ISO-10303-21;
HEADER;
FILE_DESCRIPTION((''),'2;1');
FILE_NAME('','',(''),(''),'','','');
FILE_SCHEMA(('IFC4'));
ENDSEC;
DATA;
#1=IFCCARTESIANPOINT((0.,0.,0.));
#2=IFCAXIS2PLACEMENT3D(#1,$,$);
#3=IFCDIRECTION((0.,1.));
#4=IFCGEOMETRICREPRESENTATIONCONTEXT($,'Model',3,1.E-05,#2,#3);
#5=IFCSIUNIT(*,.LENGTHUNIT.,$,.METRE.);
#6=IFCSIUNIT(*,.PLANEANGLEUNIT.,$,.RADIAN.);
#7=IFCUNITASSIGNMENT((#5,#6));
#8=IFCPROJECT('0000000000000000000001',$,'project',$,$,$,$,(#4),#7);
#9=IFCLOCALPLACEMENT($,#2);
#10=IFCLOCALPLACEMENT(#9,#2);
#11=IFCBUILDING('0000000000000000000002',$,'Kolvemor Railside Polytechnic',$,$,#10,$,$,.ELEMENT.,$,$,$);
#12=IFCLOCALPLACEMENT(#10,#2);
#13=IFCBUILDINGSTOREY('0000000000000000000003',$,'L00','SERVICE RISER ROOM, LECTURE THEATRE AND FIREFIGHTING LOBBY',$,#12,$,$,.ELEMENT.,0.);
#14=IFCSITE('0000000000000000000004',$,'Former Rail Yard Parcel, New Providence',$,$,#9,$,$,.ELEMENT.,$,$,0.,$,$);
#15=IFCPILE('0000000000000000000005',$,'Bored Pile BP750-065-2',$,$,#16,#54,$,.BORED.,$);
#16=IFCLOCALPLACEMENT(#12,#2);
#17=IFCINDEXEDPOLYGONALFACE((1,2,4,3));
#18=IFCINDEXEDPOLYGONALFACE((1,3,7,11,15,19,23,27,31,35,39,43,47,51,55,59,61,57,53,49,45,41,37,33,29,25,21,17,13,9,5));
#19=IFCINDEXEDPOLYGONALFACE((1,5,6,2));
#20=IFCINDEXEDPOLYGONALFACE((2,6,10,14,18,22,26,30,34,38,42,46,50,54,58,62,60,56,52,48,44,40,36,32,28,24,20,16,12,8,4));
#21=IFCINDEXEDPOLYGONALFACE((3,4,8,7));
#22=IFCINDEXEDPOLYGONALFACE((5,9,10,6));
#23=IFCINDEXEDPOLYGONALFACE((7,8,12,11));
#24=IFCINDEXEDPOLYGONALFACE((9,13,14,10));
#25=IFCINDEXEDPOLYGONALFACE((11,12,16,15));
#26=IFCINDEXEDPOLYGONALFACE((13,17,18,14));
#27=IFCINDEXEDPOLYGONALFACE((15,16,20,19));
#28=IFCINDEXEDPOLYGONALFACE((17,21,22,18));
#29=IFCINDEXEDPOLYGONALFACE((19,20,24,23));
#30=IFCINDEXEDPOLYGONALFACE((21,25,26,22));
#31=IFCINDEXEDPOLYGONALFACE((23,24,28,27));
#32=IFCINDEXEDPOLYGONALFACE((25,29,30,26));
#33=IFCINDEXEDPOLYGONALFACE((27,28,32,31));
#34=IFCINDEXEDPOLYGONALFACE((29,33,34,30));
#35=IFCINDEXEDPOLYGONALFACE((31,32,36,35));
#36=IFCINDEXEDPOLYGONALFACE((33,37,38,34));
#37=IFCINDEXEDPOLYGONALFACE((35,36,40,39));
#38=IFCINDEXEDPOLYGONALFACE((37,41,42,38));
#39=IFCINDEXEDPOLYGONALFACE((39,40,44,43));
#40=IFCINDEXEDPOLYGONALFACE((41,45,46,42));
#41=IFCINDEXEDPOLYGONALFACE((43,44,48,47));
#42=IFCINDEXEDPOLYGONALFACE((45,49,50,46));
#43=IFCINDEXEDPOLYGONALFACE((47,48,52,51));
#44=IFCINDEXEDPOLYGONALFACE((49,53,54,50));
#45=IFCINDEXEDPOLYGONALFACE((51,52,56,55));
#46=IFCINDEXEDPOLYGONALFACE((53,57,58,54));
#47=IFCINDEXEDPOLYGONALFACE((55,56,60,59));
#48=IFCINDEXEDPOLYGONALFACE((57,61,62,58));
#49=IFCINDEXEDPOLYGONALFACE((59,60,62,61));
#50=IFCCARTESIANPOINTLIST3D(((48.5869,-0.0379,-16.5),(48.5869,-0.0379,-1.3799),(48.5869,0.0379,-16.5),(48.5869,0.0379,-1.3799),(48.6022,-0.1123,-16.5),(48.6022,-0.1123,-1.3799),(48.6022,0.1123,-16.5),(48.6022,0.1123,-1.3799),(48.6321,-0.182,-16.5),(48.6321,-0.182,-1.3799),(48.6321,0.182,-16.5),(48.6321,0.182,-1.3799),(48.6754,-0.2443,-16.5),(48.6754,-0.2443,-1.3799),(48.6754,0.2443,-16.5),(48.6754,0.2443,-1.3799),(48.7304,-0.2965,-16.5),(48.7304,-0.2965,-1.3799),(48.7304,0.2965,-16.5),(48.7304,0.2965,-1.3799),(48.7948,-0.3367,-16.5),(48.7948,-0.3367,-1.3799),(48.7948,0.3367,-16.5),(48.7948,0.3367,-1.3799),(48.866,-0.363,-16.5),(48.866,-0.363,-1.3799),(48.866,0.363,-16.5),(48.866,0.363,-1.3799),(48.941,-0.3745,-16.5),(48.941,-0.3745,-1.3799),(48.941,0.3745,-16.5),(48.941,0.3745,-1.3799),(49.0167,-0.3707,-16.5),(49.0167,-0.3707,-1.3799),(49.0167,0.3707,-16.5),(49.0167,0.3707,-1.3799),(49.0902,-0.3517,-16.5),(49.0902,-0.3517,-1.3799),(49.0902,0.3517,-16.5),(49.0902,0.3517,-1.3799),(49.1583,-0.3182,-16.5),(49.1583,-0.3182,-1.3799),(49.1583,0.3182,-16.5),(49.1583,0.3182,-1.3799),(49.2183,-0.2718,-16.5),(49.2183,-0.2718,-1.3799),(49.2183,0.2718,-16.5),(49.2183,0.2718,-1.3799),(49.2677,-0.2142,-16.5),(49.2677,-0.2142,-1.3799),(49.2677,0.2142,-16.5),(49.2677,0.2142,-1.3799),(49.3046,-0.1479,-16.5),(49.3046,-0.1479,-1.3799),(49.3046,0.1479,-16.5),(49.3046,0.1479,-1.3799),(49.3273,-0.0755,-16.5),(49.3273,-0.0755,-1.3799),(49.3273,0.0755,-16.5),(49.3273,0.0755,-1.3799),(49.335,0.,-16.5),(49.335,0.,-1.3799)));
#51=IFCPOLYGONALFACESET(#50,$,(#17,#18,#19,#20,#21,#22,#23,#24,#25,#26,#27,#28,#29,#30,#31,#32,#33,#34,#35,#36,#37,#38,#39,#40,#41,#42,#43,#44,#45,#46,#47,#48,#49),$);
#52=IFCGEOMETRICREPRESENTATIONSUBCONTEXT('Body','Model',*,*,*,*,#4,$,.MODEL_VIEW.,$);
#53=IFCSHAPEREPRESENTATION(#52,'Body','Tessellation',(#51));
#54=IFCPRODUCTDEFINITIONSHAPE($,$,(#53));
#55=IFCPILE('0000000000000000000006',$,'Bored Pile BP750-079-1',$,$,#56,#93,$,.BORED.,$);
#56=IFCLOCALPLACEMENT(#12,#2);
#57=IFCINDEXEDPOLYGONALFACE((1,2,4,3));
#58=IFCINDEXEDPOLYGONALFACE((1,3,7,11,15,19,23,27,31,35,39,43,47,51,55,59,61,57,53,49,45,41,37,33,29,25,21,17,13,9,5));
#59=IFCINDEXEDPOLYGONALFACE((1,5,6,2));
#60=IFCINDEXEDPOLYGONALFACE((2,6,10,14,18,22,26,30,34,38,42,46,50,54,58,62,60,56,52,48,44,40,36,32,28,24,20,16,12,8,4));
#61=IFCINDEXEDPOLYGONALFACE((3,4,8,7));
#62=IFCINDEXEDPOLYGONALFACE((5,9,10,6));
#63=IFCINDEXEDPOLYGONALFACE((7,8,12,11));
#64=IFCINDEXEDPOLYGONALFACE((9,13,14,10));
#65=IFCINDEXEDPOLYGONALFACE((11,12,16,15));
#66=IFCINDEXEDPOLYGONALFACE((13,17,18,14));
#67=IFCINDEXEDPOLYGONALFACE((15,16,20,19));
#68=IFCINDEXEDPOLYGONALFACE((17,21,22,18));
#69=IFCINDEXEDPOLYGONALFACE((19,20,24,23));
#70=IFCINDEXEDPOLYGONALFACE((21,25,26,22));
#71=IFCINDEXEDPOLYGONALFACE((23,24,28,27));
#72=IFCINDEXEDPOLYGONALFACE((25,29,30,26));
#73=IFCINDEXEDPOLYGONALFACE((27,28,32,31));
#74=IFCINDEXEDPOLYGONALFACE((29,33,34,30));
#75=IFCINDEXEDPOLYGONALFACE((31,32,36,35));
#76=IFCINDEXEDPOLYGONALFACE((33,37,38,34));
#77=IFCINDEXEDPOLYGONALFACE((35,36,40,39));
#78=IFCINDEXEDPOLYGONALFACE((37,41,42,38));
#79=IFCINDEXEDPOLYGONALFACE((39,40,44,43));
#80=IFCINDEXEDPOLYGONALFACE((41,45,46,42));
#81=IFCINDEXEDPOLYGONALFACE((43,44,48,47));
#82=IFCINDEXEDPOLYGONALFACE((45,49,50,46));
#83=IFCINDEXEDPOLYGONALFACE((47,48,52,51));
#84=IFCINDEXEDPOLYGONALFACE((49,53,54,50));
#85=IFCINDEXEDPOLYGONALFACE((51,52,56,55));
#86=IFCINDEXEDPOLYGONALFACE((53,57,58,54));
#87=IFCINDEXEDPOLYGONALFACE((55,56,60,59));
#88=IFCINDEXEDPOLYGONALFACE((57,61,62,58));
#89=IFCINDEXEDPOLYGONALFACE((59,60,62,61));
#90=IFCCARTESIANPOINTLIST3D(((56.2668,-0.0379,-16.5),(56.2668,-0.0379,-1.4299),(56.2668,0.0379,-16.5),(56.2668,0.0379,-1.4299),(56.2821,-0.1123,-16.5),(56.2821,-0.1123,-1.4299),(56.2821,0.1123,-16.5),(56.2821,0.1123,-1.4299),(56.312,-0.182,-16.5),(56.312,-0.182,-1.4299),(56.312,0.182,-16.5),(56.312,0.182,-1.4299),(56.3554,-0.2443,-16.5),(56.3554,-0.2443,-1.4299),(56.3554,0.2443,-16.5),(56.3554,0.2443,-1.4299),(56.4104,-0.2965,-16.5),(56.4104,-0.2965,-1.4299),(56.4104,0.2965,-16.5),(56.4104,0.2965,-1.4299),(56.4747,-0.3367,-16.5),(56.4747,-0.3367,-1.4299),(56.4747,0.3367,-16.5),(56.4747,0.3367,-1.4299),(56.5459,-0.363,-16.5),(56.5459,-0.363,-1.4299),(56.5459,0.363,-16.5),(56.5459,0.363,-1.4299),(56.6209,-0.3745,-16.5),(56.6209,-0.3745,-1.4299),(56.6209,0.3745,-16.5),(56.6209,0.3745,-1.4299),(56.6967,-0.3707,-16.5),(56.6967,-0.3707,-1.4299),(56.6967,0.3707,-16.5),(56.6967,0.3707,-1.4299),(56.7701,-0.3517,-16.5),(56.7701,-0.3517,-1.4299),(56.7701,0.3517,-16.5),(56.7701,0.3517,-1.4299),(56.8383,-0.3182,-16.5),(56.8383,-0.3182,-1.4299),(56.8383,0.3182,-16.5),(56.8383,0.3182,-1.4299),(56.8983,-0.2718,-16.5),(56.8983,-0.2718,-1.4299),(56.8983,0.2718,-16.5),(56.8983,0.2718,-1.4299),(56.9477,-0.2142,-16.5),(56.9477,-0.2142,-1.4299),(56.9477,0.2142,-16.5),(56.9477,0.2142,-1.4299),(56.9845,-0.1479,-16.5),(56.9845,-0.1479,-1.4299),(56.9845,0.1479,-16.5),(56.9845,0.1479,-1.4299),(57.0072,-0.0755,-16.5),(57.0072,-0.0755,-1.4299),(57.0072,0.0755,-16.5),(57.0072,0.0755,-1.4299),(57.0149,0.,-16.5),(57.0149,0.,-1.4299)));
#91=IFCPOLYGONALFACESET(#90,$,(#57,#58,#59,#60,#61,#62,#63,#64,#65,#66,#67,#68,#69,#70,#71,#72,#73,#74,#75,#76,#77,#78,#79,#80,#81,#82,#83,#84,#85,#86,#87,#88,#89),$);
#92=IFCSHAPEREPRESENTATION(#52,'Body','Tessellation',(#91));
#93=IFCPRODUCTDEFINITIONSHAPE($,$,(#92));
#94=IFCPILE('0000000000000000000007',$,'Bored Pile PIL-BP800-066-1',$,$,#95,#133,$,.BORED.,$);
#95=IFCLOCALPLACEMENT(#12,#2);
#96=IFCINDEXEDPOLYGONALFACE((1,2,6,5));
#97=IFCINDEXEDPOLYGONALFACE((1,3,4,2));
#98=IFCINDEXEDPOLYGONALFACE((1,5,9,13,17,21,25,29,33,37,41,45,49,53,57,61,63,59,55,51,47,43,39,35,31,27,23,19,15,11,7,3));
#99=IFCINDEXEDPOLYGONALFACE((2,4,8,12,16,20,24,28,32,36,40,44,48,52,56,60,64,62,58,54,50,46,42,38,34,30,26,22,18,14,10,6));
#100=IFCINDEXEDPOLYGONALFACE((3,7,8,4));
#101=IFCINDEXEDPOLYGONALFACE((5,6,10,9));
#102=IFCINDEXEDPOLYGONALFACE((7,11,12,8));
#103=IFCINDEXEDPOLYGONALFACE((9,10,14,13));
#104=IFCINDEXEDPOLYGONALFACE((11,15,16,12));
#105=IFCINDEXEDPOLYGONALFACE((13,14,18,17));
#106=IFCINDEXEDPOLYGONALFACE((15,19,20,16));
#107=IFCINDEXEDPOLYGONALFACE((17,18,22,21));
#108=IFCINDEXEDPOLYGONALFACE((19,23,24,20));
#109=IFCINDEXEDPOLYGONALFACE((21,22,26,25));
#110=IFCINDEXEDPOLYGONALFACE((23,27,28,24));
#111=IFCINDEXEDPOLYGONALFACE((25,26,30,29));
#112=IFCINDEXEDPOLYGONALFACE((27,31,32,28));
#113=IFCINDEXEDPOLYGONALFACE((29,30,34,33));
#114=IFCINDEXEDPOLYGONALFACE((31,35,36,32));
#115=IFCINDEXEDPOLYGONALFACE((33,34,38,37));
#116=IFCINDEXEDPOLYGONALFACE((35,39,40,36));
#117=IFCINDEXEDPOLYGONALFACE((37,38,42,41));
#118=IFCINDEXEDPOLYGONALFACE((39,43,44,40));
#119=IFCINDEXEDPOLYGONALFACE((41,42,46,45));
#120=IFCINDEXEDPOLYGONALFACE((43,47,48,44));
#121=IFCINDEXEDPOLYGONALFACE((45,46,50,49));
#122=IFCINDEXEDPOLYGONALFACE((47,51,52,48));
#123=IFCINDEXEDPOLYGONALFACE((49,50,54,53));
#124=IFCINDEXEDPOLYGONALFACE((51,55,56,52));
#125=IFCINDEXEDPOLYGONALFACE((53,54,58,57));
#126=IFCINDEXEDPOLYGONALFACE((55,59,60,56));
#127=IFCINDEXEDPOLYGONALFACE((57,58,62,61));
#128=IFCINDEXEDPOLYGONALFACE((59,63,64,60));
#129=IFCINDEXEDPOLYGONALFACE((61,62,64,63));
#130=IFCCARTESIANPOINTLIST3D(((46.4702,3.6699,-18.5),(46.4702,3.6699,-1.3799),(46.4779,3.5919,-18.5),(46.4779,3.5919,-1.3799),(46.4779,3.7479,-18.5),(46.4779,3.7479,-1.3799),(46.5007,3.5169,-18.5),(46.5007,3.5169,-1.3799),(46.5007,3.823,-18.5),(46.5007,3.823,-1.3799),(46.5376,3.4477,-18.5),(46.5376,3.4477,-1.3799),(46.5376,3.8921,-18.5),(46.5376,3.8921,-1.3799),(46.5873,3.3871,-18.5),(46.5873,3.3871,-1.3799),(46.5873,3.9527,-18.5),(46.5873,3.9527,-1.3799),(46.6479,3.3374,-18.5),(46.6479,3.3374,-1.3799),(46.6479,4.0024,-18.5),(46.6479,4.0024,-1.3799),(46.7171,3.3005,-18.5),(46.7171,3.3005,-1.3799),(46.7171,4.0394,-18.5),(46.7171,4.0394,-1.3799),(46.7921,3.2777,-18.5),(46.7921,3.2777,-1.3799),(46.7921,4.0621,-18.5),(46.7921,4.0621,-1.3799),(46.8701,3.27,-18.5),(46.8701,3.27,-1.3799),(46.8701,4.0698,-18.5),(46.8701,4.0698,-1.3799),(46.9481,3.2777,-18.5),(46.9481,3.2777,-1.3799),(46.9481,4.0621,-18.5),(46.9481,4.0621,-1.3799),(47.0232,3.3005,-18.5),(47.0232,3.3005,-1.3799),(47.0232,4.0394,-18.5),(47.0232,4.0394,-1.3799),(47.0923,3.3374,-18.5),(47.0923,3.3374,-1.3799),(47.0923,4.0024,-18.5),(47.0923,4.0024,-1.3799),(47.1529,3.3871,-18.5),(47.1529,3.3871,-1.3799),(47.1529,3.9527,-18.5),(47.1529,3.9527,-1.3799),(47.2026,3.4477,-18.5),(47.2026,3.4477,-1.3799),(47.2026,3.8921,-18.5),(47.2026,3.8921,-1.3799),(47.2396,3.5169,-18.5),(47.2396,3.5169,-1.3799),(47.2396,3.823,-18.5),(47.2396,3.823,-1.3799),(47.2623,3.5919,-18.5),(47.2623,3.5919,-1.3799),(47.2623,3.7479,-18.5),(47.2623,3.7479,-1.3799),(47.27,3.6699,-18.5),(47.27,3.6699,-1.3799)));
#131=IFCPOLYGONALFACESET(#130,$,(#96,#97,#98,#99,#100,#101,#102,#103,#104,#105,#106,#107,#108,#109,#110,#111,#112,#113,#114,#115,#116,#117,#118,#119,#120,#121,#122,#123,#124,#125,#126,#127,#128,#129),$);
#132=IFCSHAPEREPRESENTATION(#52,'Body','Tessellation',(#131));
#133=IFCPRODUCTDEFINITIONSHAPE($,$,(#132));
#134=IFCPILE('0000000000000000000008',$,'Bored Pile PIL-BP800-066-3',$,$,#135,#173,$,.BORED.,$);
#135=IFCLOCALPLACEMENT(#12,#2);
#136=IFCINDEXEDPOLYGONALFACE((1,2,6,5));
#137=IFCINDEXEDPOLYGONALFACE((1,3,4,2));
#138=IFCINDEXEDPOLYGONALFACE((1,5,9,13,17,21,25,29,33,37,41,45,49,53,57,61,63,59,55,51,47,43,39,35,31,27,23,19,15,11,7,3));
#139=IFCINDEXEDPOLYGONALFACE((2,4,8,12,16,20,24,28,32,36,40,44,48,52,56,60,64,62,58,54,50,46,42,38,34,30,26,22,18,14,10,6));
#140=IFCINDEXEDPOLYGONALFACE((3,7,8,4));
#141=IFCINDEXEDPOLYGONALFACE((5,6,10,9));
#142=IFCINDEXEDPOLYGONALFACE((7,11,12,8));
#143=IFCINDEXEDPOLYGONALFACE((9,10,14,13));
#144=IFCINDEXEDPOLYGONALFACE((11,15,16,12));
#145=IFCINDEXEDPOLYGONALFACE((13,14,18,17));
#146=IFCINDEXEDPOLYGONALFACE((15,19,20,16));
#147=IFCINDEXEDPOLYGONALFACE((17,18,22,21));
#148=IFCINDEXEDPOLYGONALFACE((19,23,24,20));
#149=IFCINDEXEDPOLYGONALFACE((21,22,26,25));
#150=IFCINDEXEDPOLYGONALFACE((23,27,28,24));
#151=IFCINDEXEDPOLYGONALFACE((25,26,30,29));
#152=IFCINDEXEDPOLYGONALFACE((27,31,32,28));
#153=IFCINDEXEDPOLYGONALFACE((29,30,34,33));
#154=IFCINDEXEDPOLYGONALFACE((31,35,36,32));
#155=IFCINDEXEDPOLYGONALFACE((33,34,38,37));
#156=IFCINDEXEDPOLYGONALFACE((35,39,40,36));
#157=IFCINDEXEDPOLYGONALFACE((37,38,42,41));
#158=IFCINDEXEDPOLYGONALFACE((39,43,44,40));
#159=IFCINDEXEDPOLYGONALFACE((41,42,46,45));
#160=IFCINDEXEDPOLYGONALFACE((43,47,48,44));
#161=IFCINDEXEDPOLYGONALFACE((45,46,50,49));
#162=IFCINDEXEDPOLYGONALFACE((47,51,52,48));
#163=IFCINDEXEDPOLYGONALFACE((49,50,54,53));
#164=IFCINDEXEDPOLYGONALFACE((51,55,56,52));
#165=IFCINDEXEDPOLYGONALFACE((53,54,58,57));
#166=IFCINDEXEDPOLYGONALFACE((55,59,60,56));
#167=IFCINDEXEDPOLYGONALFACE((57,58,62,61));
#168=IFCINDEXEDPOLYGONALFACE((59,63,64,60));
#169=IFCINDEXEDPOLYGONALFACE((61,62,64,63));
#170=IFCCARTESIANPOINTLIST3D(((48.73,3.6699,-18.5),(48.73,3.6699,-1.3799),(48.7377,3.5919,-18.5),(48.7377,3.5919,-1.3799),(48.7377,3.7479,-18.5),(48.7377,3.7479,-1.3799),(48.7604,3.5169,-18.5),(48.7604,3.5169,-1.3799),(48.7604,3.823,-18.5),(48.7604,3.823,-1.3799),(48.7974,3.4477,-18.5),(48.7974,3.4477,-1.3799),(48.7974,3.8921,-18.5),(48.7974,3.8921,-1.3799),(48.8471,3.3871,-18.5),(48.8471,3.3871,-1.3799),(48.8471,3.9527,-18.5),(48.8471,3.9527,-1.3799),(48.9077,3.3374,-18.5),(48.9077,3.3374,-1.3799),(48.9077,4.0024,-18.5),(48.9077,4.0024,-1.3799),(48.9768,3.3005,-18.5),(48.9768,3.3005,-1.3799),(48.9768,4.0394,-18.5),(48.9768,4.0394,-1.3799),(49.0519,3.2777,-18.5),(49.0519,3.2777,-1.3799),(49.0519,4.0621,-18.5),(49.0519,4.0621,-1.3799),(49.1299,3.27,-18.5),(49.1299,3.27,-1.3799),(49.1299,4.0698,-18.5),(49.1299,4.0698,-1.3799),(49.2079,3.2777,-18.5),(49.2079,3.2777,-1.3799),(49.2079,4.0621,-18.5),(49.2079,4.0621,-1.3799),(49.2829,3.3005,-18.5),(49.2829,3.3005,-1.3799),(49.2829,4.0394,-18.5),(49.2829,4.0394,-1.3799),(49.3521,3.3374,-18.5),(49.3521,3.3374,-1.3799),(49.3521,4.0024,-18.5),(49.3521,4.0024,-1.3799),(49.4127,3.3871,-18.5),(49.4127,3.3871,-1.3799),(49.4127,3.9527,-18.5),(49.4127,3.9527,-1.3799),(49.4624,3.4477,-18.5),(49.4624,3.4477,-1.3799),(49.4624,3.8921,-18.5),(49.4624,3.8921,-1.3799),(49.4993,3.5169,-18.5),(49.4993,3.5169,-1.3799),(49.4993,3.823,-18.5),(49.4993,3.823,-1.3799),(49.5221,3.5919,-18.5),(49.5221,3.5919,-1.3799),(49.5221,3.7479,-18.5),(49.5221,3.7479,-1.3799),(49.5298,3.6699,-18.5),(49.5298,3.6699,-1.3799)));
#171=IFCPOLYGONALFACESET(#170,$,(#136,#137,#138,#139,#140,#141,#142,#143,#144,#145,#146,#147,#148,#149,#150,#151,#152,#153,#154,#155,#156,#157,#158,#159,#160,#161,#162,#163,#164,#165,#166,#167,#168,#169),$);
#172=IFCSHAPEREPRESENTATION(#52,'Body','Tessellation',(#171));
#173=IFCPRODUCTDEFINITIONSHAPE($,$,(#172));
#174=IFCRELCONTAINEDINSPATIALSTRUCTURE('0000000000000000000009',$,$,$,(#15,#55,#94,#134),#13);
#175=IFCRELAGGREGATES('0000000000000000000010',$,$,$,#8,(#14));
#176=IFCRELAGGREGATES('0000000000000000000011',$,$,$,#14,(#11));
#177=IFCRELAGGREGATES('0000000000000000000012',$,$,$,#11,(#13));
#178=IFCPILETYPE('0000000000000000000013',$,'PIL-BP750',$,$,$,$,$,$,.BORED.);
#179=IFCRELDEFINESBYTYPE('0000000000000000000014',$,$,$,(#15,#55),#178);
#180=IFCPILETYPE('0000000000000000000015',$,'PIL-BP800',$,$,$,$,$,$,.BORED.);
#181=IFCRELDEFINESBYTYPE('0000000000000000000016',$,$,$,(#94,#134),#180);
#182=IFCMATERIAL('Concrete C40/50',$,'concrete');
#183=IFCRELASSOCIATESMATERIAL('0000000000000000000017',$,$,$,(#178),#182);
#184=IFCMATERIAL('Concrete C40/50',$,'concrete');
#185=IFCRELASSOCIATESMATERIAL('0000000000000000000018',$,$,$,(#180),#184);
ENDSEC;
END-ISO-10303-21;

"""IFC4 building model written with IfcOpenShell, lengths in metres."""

from ifc_helpers import new_model, si_unit, direction, frame, origin, origin_2d, place, context, subcontext, project, spatial, circle, extrude, material, material_profile, profile_set, type_object, element, save


model = new_model("IFC4")

# Units and contexts
model_context = context("Model", 3, precision=1e-05, world=origin(), true_north=direction((0.0, 1.0)))
body_context = subcontext(model_context, "Body", "Model", "MODEL_VIEW")
ifc_project = project(units=[si_unit("LENGTHUNIT", "METRE"), si_unit("PLANEANGLEUNIT", "RADIAN")], contexts=[model_context])

# Site, building, storey
site_placement = place(None, origin())
site = spatial("IfcSite", under=ifc_project, at=site_placement, Name="Former Rail Yard Parcel, New Providence", CompositionType="ELEMENT", RefElevation=0.0)
building_placement = place(site_placement, origin())
building = spatial("IfcBuilding", under=site, at=building_placement, Name="Kolvemor Railside Polytechnic", CompositionType="ELEMENT")
storey_placement = place(building_placement, origin())
storey = spatial("IfcBuildingStorey", under=building, at=storey_placement, Name="L00", Description="SERVICE RISER ROOM, LECTURE THEATRE AND FIREFIGHTING LOBBY", CompositionType="ELEMENT", Elevation=0.0)

# Piles
ifc_material_1 = material(Name="Concrete C40/50", Category="concrete")
ifc_material_profile_1 = material_profile(ifc_material_1, circle(Radius=0.375, at=origin_2d()), Name="BP750")
ifc_profile_set_1 = profile_set([ifc_material_profile_1], Name="Concrete C40/50")
pile_type_1 = type_object("IfcPileType", Name="PIL-BP750", PredefinedType="BORED", material=ifc_profile_set_1)
for number, where, z_axis, x_axis, name in (
    (1, (48.96, 0.0, -1.3799), (0.0, 0.0, -1.0), (1.0, 0.0, 0.0), "Bored Pile BP750-065-2"),
):
    element("IfcPile", number, at=place(storey_placement, frame(where, z_axis=z_axis, x_axis=x_axis)), inside=storey, type_object=pile_type_1, Name=name, PredefinedType="BORED", context=body_context, shape_type="SweptSolid", body=[
        extrude(circle(Radius=0.375, at=origin_2d()), origin(), (0.0, 0.0, 1.0), 15.1201),
    ])
pile_1_placement = place(storey_placement, frame((56.6399, 0.0, -1.4299), z_axis=(0.0, 0.0, -1.0), x_axis=(1.0, 0.0, 0.0)))
element("IfcPile", 2, at=pile_1_placement, inside=storey, type_object=pile_type_1, Name="Bored Pile BP750-079-1", PredefinedType="BORED", context=body_context, shape_type="SweptSolid", body=[
    extrude(circle(Radius=0.375, at=origin_2d()), origin(), (0.0, 0.0, 1.0), 15.0701),
])
ifc_material_2 = material(Name="Concrete C40/50", Category="concrete")
ifc_material_profile_2 = material_profile(ifc_material_2, circle(Radius=0.3999, at=origin_2d()), Name="BP800")
ifc_profile_set_2 = profile_set([ifc_material_profile_2], Name="Concrete C40/50")
pile_type_2 = type_object("IfcPileType", Name="PIL-BP800", PredefinedType="BORED", material=ifc_profile_set_2)
for number, where, z_axis, x_axis, name in (
    (3, (46.8701, 3.6699, -1.3799), (0.0, 0.0, -1.0), (1.0, 0.0, 0.0), "Bored Pile PIL-BP800-066-1"),
    (4, (49.1299, 3.6699, -1.3799), (0.0, 0.0, -1.0), (1.0, 0.0, 0.0), "Bored Pile PIL-BP800-066-3"),
):
    element("IfcPile", number, at=place(storey_placement, frame(where, z_axis=z_axis, x_axis=x_axis)), inside=storey, type_object=pile_type_2, Name=name, PredefinedType="BORED", context=body_context, shape_type="SweptSolid", body=[
        extrude(circle(Radius=0.3999, at=origin_2d()), origin(), (0.0, 0.0, 1.0), 17.1201),
    ])

save(model, "model.ifc")
